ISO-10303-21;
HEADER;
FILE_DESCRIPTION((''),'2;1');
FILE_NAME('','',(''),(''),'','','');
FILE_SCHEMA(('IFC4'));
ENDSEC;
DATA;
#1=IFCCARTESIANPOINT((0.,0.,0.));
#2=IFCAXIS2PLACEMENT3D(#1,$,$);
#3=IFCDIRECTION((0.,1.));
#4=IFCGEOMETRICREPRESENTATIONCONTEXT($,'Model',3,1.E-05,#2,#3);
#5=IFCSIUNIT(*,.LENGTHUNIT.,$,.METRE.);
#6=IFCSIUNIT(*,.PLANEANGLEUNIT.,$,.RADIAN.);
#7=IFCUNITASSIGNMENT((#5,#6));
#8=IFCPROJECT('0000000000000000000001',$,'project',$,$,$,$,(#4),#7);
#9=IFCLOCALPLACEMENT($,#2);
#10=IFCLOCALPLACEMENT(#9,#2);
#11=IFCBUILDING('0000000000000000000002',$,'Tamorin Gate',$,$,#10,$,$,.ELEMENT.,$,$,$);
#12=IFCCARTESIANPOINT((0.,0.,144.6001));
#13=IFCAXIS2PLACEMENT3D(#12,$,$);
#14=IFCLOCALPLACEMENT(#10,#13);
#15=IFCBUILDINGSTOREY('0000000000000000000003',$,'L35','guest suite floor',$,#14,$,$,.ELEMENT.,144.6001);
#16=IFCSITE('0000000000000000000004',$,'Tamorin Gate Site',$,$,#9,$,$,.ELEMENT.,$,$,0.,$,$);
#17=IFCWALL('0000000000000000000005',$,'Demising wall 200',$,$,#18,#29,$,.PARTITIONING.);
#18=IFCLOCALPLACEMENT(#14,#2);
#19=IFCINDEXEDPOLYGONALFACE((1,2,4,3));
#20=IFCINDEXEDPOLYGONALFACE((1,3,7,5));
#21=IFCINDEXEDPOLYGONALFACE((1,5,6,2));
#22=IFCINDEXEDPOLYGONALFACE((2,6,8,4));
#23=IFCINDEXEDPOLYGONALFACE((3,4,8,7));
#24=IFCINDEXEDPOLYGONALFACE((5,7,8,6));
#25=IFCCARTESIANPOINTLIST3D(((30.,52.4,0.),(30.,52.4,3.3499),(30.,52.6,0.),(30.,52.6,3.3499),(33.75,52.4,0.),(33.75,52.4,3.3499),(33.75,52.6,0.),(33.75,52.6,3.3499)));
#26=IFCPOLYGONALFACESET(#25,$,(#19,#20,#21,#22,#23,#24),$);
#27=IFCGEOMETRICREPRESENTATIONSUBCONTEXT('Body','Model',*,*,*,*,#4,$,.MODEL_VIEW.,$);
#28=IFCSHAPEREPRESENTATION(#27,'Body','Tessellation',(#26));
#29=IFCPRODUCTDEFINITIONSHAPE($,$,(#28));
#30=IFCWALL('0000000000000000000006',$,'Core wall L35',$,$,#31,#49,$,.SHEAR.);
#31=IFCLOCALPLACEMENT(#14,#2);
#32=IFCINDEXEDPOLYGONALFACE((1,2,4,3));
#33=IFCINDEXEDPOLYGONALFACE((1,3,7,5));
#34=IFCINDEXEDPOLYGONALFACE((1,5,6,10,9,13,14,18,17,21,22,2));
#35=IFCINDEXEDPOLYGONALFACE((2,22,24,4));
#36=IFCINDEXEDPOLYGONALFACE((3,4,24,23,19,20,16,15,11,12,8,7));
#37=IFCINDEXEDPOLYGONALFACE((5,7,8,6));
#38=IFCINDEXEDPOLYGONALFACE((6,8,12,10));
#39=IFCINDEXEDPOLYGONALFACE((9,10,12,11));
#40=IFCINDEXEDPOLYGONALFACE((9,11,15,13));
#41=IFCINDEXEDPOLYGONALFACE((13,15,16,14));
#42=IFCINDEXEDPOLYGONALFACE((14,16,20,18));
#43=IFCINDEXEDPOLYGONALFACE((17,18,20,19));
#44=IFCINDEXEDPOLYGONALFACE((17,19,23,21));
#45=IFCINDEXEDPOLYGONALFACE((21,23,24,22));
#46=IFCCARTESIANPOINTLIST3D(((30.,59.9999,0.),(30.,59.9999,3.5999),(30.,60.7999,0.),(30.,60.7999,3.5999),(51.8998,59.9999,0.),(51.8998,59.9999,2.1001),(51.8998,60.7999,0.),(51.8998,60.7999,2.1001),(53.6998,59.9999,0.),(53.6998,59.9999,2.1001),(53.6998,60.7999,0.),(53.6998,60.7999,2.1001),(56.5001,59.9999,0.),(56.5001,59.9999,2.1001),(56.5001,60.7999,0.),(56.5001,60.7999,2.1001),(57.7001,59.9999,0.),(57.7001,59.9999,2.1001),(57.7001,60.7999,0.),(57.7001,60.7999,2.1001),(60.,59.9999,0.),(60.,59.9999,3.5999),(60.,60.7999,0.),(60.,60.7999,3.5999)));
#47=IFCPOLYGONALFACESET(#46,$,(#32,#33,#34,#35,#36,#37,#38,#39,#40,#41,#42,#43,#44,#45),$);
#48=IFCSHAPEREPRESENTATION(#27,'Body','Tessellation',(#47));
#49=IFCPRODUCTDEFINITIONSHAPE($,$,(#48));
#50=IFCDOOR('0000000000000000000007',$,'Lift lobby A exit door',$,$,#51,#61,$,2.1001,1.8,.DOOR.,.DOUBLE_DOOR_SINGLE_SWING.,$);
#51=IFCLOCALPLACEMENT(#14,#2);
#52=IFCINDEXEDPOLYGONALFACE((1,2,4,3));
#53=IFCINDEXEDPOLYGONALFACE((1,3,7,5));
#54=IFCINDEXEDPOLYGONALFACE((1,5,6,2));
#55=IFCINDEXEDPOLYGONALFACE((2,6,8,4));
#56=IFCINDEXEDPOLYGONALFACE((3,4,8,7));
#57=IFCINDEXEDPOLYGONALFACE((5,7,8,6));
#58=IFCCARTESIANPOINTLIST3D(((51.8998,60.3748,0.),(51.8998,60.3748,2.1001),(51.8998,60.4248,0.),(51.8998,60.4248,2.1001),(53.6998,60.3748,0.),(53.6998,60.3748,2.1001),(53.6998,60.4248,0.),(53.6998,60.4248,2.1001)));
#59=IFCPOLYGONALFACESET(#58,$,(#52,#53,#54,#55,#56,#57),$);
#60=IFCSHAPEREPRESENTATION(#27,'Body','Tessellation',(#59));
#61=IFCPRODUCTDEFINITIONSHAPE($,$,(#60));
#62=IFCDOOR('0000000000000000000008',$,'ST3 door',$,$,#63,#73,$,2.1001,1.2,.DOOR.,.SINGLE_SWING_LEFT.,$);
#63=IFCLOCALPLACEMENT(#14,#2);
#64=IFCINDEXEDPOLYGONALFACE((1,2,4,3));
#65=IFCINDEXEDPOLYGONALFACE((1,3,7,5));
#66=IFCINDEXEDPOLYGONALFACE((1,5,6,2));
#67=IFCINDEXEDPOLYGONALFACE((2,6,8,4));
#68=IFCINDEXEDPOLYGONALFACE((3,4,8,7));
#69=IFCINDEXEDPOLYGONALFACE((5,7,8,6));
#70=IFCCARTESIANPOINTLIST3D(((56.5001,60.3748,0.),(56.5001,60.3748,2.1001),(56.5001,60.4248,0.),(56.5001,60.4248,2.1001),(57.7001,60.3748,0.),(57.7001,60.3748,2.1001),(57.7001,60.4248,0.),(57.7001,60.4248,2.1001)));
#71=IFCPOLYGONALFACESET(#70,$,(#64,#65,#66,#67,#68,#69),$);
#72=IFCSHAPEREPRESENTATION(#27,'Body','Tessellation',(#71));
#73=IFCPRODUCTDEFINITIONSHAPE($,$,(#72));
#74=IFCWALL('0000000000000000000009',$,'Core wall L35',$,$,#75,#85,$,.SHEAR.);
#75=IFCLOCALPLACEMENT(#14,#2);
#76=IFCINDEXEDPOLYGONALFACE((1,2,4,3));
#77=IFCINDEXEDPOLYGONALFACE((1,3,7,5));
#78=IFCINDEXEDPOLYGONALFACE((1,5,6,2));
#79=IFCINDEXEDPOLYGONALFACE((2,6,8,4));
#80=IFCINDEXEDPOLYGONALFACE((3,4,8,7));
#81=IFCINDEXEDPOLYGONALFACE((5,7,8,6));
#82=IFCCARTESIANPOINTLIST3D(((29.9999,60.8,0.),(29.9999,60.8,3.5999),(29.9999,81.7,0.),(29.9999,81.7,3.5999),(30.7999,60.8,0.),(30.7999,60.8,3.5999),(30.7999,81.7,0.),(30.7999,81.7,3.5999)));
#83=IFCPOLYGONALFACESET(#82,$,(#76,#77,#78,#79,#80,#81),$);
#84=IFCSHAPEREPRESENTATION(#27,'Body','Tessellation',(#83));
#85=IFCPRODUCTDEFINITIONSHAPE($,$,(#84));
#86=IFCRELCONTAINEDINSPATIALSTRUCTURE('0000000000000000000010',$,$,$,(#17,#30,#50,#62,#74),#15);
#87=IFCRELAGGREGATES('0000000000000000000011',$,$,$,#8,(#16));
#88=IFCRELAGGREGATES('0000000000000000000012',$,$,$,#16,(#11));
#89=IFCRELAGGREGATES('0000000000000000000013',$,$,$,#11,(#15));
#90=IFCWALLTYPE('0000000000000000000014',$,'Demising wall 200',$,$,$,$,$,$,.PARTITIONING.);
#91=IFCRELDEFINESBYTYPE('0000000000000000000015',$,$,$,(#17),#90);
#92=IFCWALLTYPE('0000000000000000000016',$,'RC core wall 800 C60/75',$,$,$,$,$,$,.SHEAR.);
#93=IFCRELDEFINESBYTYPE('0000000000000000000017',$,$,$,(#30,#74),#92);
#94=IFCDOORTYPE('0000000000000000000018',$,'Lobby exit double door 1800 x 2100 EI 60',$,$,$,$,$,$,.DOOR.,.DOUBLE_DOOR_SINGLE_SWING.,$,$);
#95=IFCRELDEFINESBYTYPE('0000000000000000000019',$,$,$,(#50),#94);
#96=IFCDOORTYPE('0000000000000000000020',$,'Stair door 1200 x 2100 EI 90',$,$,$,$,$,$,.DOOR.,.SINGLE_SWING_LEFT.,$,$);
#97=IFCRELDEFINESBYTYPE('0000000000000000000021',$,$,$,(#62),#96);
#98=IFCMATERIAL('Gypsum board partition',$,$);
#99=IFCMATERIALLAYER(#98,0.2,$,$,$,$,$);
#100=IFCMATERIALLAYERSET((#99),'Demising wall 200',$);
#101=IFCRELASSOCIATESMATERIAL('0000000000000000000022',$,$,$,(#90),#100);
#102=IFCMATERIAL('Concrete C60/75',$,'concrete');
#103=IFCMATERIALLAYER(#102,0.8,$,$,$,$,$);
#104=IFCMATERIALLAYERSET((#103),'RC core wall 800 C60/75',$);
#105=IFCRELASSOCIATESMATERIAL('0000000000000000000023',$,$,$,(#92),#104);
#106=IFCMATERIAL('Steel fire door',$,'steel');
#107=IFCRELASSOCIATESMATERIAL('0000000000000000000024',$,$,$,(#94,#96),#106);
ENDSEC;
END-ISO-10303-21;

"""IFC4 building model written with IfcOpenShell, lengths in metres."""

from ifc_helpers import new_model, si_unit, direction, frame, frame_2d, origin, place, context, subcontext, project, spatial, rectangle, extrude, material, layer, layer_set, type_object, element, fill, save


model = new_model("IFC4")

# Units and contexts
model_context = context("Model", 3, precision=1e-05, world=origin(), true_north=direction((0.0, 1.0)))
body_context = subcontext(model_context, "Body", "Model", "MODEL_VIEW")
ifc_project = project(units=[si_unit("LENGTHUNIT", "METRE"), si_unit("PLANEANGLEUNIT", "RADIAN")], contexts=[model_context])

# Site, building, storey
site_placement = place(None, origin())
site = spatial("IfcSite", under=ifc_project, at=site_placement, Name="Tamorin Gate Site", CompositionType="ELEMENT", RefElevation=0.0)
building_placement = place(site_placement, origin())
building = spatial("IfcBuilding", under=site, at=building_placement, Name="Tamorin Gate", CompositionType="ELEMENT")
storey_placement = place(building_placement, frame((0.0, 0.0, 144.6001)))
storey = spatial("IfcBuildingStorey", under=building, at=storey_placement, Name="L35", Description="guest suite floor", CompositionType="ELEMENT", Elevation=144.6001)

# Shared definitions
ifc_material_1 = material(Name="Gypsum board partition")

# Wall
ifc_layer_1 = layer(ifc_material_1, 0.2)
ifc_layer_set_1 = layer_set([ifc_layer_1], Name="Demising wall 200")
wall_type_1 = type_object("IfcWallType", Name="Demising wall 200", PredefinedType="PARTITIONING", material=ifc_layer_set_1)
wall_1_placement = place(storey_placement, frame((30.0, 52.5, 0.0), z_axis=(0.0, 0.0, 1.0), x_axis=(1.0, 0.0, 0.0)))
element("IfcWall", 1, at=wall_1_placement, inside=storey, type_object=wall_type_1, Name="Demising wall 200", PredefinedType="PARTITIONING", context=body_context, shape_type="SweptSolid", body=[
    extrude(rectangle(XDim=3.75, YDim=0.2, at=frame_2d((1.875, 0.0))), origin(), (0.0, 0.0, 1.0), 3.3499),
])

# Wall, openings, doors
ifc_material_2 = material(Name="Concrete C60/75", Category="concrete")
ifc_layer_2 = layer(ifc_material_2, 0.8)
ifc_layer_set_2 = layer_set([ifc_layer_2], Name="RC core wall 800 C60/75")
wall_type_2 = type_object("IfcWallType", Name="RC core wall 800 C60/75", PredefinedType="SHEAR", material=ifc_layer_set_2)
wall_2_placement = place(storey_placement, frame((30.0, 60.3999, 0.0), z_axis=(0.0, 0.0, 1.0), x_axis=(1.0, 0.0, 0.0)))
wall_2 = element("IfcWall", 2, at=wall_2_placement, inside=storey, type_object=wall_type_2, Name="Core wall L35", PredefinedType="SHEAR", context=body_context, shape_type="SweptSolid", body=[
    extrude(rectangle(XDim=30.0, YDim=0.8, at=frame_2d((15.0, 0.0))), origin(), (0.0, 0.0, 1.0), 3.5999),
])
opening_1_placement = place(wall_2_placement, frame((21.8999, 0.0, 0.0)))
opening_1 = element("IfcOpeningElement", 3, at=opening_1_placement, cuts=wall_2, PredefinedType="OPENING", context=body_context, shape_type="SweptSolid", body=[
    extrude(rectangle(XDim=1.8, YDim=2.1001, at=frame_2d((0.8999, 1.05))), frame((0.0, 0.4099, 0.0), z_axis=(0.0, -1.0, 0.0), x_axis=(1.0, 0.0, 0.0)), (0.0, 0.0, 1.0), 0.8201),
])
opening_2_placement = place(wall_2_placement, frame((26.5, 0.0, 0.0)))
opening_2 = element("IfcOpeningElement", 4, at=opening_2_placement, cuts=wall_2, PredefinedType="OPENING", context=body_context, shape_type="SweptSolid", body=[
    extrude(rectangle(XDim=1.2, YDim=2.1001, at=frame_2d((0.6001, 1.05))), frame((0.0, 0.4099, 0.0), z_axis=(0.0, -1.0, 0.0), x_axis=(1.0, 0.0, 0.0)), (0.0, 0.0, 1.0), 0.8201),
])
ifc_material_3 = material(Name="Steel fire door", Category="steel")
door_type_1 = type_object("IfcDoorType", Name="Lobby exit double door 1800 x 2100 EI 60", OperationType="DOUBLE_DOOR_SINGLE_SWING", PredefinedType="DOOR", material=ifc_material_3)
door_1_placement = place(opening_1_placement, origin())
door_1 = element("IfcDoor", 5, at=door_1_placement, inside=storey, type_object=door_type_1, Name="Lift lobby A exit door", OperationType="DOUBLE_DOOR_SINGLE_SWING", OverallHeight=2.1001, OverallWidth=1.8, PredefinedType="DOOR", context=body_context, shape_type="SweptSolid", body=[
    extrude(rectangle(XDim=1.8, YDim=2.1001, at=frame_2d((0.8999, 1.05))), frame((0.0, 0.0249, 0.0), z_axis=(0.0, -1.0, 0.0), x_axis=(1.0, 0.0, 0.0)), (0.0, 0.0, 1.0), 0.05),
])
fill(opening_1, door_1)
door_type_2 = type_object("IfcDoorType", Name="Stair door 1200 x 2100 EI 90", OperationType="SINGLE_SWING_LEFT", PredefinedType="DOOR", material=ifc_material_3)
door_2_placement = place(opening_2_placement, origin())
door_2 = element("IfcDoor", 6, at=door_2_placement, inside=storey, type_object=door_type_2, Name="ST3 door", OperationType="SINGLE_SWING_LEFT", OverallHeight=2.1001, OverallWidth=1.2, PredefinedType="DOOR", context=body_context, shape_type="SweptSolid", body=[
    extrude(rectangle(XDim=1.2, YDim=2.1001, at=frame_2d((0.6001, 1.05))), frame((0.0, 0.0249, 0.0), z_axis=(0.0, -1.0, 0.0), x_axis=(1.0, 0.0, 0.0)), (0.0, 0.0, 1.0), 0.05),
])
fill(opening_2, door_2)

# Wall
wall_3_placement = place(storey_placement, frame((30.3999, 60.8, 0.0), z_axis=(0.0, 0.0, 1.0), x_axis=(0.0, 1.0, 0.0)))
element("IfcWall", 7, at=wall_3_placement, inside=storey, type_object=wall_type_2, Name="Core wall L35", PredefinedType="SHEAR", context=body_context, shape_type="SweptSolid", body=[
    extrude(rectangle(XDim=20.8999, YDim=0.8, at=frame_2d((10.45, 0.0))), origin(), (0.0, 0.0, 1.0), 3.5999),
])

save(model, "model.ifc")
